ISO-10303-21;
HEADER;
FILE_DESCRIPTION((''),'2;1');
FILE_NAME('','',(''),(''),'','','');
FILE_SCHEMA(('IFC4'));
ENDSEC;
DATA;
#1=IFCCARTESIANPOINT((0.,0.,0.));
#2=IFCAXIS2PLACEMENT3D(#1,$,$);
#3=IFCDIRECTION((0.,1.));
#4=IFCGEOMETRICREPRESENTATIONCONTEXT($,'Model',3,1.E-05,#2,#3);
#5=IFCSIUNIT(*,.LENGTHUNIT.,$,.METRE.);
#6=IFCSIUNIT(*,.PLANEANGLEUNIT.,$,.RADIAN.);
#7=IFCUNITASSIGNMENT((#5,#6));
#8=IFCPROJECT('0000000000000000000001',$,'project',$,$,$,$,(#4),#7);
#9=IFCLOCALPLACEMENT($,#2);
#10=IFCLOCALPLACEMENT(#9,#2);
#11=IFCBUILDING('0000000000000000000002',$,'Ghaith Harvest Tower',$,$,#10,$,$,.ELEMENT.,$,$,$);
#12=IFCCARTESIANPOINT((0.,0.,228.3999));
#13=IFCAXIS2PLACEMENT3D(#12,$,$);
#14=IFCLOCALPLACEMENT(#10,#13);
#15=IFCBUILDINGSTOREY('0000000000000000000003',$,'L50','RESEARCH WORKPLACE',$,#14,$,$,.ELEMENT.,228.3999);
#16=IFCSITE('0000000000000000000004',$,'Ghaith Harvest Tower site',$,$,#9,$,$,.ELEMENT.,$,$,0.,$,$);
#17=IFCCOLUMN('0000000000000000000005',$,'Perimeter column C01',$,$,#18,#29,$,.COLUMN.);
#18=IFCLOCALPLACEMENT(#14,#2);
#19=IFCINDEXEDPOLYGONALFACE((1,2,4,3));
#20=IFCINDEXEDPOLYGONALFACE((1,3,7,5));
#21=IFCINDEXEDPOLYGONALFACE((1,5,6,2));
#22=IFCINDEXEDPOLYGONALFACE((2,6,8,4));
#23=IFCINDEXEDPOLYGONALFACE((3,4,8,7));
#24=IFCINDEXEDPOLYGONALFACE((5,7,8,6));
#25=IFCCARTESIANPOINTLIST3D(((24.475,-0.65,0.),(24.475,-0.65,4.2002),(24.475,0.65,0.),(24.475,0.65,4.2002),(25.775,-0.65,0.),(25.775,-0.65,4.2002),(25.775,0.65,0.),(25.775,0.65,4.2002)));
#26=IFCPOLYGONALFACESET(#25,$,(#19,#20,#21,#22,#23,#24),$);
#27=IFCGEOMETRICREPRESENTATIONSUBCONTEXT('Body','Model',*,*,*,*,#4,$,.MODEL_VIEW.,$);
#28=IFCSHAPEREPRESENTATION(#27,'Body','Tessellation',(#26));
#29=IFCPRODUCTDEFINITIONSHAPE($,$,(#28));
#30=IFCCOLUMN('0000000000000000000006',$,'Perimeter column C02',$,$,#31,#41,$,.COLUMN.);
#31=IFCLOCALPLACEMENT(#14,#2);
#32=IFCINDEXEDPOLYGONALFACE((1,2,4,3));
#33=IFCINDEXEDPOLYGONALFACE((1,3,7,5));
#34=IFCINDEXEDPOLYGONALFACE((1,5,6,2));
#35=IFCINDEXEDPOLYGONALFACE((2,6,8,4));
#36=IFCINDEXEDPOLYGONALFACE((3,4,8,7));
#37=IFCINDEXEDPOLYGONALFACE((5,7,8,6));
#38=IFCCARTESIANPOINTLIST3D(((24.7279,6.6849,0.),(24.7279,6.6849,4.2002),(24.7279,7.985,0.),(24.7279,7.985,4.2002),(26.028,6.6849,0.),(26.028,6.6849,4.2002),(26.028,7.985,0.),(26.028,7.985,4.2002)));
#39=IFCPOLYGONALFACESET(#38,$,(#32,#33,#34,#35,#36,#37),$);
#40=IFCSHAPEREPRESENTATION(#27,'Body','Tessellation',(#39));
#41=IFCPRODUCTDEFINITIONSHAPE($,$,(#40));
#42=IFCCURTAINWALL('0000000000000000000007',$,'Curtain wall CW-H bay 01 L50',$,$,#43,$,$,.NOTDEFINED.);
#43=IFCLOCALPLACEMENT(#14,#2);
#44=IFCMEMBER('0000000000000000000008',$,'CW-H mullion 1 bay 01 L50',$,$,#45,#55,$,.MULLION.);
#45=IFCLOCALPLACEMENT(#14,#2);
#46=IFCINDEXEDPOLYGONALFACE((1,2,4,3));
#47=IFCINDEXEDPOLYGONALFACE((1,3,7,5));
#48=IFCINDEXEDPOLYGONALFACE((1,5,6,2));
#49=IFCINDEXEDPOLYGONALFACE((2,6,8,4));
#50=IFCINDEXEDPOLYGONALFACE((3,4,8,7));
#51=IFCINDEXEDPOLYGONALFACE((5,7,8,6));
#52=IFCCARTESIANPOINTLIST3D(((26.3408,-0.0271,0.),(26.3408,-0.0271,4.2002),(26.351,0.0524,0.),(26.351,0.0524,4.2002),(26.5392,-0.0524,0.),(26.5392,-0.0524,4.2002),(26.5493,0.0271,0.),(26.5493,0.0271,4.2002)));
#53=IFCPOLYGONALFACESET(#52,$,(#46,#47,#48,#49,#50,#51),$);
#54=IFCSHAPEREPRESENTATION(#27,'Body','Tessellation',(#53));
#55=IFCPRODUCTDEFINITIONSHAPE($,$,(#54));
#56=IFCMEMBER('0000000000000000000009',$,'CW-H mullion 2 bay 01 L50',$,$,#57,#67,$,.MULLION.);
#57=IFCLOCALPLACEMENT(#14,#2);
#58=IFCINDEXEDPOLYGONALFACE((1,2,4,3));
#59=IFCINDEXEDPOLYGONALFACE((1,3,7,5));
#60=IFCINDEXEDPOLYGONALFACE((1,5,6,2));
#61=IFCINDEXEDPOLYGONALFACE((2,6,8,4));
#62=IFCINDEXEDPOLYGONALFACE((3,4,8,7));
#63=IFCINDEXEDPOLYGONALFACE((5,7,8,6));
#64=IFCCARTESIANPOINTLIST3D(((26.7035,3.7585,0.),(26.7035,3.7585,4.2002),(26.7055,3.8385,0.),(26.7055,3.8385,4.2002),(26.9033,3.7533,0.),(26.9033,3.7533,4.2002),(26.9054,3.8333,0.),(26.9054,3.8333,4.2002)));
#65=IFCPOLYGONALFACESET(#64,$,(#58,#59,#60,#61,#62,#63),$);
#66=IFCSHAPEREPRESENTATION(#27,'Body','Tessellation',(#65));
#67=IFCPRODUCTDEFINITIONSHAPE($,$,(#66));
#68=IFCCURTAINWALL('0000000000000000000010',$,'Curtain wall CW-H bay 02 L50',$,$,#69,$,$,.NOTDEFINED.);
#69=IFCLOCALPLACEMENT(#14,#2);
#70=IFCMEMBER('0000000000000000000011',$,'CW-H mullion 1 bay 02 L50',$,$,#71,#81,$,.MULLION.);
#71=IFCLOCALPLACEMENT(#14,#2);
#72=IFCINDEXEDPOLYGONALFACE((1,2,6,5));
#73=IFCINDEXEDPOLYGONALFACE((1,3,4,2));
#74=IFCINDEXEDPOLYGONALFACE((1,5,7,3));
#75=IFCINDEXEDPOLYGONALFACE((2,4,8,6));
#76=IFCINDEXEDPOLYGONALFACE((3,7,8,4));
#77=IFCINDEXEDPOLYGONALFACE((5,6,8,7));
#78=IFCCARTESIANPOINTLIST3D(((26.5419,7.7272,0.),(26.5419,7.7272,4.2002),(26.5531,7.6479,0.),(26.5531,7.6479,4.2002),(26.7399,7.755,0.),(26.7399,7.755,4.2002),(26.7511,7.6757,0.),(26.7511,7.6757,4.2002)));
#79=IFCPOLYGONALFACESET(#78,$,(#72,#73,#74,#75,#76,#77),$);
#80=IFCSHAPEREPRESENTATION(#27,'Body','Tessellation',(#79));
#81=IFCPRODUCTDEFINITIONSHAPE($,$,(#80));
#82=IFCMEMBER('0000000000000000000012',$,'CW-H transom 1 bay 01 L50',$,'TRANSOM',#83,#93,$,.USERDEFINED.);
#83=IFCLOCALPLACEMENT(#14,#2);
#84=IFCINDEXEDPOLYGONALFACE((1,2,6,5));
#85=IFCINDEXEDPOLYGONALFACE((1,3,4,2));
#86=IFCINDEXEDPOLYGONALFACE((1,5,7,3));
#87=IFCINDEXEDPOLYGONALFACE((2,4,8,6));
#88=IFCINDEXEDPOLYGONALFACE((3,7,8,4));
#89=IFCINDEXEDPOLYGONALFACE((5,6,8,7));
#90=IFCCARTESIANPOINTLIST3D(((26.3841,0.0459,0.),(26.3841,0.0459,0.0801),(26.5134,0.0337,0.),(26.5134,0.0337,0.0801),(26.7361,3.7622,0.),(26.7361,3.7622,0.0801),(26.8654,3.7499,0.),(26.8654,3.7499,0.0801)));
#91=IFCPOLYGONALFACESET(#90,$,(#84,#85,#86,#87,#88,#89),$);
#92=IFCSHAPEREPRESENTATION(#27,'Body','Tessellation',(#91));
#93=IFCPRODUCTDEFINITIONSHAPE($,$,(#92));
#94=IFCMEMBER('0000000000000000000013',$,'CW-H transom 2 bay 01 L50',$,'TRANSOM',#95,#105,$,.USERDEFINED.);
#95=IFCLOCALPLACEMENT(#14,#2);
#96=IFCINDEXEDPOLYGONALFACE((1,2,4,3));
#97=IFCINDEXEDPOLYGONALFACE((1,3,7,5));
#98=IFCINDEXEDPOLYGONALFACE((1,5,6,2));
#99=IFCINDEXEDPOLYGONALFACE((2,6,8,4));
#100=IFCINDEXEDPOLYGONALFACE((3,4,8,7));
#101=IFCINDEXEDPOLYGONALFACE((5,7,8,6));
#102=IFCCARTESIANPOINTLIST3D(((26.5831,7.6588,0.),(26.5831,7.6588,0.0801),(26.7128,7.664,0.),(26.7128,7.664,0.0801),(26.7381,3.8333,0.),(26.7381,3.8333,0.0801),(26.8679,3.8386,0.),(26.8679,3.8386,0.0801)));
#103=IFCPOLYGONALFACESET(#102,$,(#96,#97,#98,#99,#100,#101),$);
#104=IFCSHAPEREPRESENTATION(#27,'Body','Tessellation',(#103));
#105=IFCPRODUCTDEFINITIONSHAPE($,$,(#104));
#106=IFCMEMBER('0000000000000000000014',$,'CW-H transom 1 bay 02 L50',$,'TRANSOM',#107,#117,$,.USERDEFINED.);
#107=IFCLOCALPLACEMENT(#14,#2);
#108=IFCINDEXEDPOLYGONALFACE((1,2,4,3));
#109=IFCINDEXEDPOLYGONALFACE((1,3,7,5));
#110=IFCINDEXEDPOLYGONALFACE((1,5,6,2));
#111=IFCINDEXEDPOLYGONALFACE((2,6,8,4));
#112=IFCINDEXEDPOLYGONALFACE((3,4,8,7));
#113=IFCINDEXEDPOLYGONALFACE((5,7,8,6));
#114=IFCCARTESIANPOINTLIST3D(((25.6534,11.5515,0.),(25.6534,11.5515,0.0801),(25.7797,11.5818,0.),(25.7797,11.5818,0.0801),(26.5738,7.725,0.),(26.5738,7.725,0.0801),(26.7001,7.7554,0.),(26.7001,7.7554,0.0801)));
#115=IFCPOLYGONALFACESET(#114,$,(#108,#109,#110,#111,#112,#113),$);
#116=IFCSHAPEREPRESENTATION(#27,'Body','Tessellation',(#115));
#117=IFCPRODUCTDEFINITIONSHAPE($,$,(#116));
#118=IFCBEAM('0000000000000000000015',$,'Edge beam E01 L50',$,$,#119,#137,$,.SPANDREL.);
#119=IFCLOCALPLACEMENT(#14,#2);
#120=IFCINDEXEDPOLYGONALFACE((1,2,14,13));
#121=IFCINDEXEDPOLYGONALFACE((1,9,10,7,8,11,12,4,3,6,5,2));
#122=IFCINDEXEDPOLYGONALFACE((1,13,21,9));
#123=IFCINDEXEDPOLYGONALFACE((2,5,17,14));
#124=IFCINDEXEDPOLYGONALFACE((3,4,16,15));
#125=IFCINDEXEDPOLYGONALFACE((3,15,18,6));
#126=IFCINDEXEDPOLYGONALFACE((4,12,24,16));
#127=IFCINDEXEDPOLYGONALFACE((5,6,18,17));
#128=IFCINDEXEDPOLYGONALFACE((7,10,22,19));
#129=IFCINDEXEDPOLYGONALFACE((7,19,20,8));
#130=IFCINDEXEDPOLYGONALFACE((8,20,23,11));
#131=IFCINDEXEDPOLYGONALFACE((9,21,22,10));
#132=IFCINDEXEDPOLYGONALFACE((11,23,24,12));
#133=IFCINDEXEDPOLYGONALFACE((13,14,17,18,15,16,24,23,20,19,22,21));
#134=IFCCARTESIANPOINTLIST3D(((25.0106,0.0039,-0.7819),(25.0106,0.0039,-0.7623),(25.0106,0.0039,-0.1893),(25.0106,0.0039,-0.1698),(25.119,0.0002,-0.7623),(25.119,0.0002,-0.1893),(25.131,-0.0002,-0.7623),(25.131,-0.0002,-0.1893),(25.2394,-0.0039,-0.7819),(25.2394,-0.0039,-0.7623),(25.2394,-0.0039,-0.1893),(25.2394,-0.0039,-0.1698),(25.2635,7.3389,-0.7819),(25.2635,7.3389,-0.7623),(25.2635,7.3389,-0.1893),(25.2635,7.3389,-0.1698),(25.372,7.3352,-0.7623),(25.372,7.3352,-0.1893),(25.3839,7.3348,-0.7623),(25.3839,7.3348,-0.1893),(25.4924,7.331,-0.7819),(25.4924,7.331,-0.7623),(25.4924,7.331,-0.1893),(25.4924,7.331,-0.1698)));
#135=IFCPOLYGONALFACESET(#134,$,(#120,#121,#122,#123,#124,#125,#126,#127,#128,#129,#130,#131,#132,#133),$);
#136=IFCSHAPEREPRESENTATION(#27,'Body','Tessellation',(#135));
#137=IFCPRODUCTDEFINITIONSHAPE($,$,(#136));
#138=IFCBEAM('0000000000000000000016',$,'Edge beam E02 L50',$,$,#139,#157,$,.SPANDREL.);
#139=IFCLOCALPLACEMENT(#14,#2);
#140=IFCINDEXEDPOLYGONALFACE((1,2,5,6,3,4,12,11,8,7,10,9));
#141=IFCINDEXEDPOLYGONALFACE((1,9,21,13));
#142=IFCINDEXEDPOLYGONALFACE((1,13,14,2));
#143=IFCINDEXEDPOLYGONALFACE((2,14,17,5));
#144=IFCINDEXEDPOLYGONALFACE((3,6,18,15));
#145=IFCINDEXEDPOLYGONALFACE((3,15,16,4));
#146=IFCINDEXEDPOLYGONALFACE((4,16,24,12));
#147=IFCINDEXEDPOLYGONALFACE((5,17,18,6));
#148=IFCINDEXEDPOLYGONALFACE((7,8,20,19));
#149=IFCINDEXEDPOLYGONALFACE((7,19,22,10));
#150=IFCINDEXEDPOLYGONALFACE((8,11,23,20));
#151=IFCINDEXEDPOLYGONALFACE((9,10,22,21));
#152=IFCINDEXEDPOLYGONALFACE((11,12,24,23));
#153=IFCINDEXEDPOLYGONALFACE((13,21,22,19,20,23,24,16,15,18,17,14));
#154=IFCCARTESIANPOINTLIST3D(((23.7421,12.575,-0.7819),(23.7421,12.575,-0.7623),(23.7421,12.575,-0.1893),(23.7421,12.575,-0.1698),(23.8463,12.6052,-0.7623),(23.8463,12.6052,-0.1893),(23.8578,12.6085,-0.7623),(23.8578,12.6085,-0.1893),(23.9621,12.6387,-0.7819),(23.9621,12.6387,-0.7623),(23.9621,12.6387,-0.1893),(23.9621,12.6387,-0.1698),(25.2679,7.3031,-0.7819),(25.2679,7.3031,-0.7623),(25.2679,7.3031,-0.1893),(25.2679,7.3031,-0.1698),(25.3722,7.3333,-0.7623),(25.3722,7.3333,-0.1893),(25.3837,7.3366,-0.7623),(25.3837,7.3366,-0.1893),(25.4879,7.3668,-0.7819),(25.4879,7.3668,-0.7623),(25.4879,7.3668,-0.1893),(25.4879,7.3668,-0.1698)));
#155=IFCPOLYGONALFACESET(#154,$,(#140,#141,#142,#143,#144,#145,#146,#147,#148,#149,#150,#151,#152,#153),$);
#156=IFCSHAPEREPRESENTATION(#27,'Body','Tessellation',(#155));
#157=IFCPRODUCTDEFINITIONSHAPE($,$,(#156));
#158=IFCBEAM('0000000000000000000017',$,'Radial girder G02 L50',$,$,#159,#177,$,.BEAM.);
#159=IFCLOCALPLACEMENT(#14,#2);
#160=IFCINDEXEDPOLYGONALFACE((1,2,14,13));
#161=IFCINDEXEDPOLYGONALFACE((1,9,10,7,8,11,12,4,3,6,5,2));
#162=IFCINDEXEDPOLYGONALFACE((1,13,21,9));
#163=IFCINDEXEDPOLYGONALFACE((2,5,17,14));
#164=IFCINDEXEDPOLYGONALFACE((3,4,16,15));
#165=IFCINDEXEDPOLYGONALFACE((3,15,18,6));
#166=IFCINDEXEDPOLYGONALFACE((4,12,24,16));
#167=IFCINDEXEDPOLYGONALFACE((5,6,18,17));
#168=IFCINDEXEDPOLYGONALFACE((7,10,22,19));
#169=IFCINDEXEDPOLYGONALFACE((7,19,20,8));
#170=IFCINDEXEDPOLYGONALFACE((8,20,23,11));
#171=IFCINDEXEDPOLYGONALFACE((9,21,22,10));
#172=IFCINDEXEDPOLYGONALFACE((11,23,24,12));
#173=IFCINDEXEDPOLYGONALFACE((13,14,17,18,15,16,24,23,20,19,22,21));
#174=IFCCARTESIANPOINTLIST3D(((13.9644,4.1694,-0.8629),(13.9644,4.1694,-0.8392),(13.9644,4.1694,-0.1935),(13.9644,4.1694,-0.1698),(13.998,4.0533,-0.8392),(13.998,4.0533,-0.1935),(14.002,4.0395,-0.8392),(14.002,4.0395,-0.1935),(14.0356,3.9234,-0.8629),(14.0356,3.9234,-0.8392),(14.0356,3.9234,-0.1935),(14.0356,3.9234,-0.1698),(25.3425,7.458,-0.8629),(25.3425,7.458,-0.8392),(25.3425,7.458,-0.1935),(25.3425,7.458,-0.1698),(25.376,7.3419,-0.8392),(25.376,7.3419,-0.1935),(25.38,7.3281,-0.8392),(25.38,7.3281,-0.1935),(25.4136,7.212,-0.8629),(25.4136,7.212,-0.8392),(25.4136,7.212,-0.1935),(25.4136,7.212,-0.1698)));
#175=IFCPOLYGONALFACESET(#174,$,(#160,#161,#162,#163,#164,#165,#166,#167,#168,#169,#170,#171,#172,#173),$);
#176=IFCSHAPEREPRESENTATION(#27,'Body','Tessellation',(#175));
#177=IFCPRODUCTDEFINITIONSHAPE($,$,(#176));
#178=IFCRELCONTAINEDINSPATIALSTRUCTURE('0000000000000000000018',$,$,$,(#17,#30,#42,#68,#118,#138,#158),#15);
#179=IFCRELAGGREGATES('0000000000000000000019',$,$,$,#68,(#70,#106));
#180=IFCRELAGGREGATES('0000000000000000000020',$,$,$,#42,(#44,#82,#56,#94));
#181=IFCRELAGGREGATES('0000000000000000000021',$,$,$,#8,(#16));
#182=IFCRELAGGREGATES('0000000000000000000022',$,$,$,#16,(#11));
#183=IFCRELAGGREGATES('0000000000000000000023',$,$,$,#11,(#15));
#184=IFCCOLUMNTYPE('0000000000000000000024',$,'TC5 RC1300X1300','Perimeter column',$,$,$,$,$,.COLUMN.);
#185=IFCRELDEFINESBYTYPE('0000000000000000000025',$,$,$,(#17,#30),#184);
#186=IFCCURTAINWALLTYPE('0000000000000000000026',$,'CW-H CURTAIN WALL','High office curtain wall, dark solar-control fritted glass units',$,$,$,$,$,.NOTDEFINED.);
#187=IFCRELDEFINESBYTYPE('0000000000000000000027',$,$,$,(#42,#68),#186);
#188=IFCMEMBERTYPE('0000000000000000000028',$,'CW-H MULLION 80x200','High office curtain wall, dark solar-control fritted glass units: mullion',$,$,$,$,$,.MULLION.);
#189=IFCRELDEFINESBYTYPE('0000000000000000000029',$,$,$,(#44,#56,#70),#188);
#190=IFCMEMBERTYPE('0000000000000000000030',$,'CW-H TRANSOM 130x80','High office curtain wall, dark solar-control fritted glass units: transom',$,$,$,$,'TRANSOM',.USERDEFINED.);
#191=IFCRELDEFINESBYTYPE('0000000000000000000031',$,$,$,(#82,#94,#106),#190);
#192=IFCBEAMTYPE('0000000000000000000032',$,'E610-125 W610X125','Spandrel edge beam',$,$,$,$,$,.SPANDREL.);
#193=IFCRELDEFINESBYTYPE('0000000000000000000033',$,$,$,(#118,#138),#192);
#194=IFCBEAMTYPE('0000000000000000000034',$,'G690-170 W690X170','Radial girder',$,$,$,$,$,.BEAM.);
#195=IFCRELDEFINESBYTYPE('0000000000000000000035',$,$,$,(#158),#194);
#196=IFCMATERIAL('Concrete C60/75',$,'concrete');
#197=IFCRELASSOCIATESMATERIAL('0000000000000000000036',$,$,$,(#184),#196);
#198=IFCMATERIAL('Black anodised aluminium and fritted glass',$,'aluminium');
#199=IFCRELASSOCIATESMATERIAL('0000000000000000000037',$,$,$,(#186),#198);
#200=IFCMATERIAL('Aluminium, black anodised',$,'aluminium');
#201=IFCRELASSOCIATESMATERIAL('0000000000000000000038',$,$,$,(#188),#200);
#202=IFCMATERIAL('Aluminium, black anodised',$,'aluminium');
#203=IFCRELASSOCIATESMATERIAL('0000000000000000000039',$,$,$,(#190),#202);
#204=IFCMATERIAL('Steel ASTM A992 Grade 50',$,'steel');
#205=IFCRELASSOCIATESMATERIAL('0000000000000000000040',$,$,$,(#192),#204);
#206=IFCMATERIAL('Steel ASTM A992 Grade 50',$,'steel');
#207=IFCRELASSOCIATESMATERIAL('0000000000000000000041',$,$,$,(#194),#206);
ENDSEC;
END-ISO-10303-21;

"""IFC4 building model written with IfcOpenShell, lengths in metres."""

from ifc_helpers import new_model, si_unit, direction, frame, origin, origin_2d, place, context, subcontext, project, spatial, rectangle, i_section, extrude, material, material_profile, profile_set, type_object, element, aggregate, save


model = new_model("IFC4")

# Units and contexts
model_context = context("Model", 3, precision=1e-05, world=origin(), true_north=direction((0.0, 1.0)))
body_context = subcontext(model_context, "Body", "Model", "MODEL_VIEW")
ifc_project = project(units=[si_unit("LENGTHUNIT", "METRE"), si_unit("PLANEANGLEUNIT", "RADIAN")], contexts=[model_context])

# Site, building, storey
site_placement = place(None, origin())
site = spatial("IfcSite", under=ifc_project, at=site_placement, Name="Ghaith Harvest Tower site", CompositionType="ELEMENT", RefElevation=0.0)
building_placement = place(site_placement, origin())
building = spatial("IfcBuilding", under=site, at=building_placement, Name="Ghaith Harvest Tower", CompositionType="ELEMENT")
storey_placement = place(building_placement, frame((0.0, 0.0, 228.3999)))
storey = spatial("IfcBuildingStorey", under=building, at=storey_placement, Name="L50", Description="RESEARCH WORKPLACE", CompositionType="ELEMENT", Elevation=228.3999)

# Columns
ifc_material_1 = material(Name="Concrete C60/75", Category="concrete")
ifc_material_profile_1 = material_profile(ifc_material_1, rectangle(XDim=1.3, YDim=1.3, at=origin_2d()), Name="RC1300X1300")
ifc_profile_set_1 = profile_set([ifc_material_profile_1], Name="Concrete C60/75")
column_type = type_object("IfcColumnType", Name="TC5 RC1300X1300", Description="Perimeter column", PredefinedType="COLUMN", material=ifc_profile_set_1)
for number, where, z_axis, x_axis, name in (
    (1, (25.125, 0.0, 0.0), (0.0, 0.0, 1.0), (1.0, 0.0, 0.0), "Perimeter column C01"),
    (2, (25.3779, 7.335, 0.0), (0.0, 0.0, 1.0), (1.0, 0.0, 0.0), "Perimeter column C02"),
):
    element("IfcColumn", number, at=place(storey_placement, frame(where, z_axis=z_axis, x_axis=x_axis)), inside=storey, type_object=column_type, Name=name, PredefinedType="COLUMN", context=body_context, shape_type="SweptSolid", body=[
        extrude(rectangle(XDim=1.3, YDim=1.3, at=origin_2d()), origin(), (0.0, 0.0, 1.0), 4.2002),
    ])

# Curtain wall, members
ifc_material_2 = material(Name="Black anodised aluminium and fritted glass", Category="aluminium")
curtain_wall_type = type_object("IfcCurtainWallType", Name="CW-H CURTAIN WALL", Description="High office curtain wall, dark solar-control fritted glass units", PredefinedType="NOTDEFINED", material=ifc_material_2)
curtain_wall_1_placement = place(storey_placement, origin())
curtain_wall_1 = element("IfcCurtainWall", 3, at=curtain_wall_1_placement, inside=storey, type_object=curtain_wall_type, Name="Curtain wall CW-H bay 01 L50", PredefinedType="NOTDEFINED")
ifc_material_3 = material(Name="Aluminium, black anodised", Category="aluminium")
ifc_material_profile_2 = material_profile(ifc_material_3, rectangle(XDim=0.0801, YDim=0.2, at=origin_2d()), Name="CW-H MULLION 80x200")
ifc_profile_set_2 = profile_set([ifc_material_profile_2], Name="Aluminium, black anodised")
member_type_1 = type_object("IfcMemberType", Name="CW-H MULLION 80x200", Description="High office curtain wall, dark solar-control fritted glass units: mullion", PredefinedType="MULLION", material=ifc_profile_set_2)
member_1_placement = place(storey_placement, frame((26.4451, 0.0, 0.0), z_axis=(0.0, 0.0, 1.0), x_axis=(0.126568, 0.991958, 0.0)))
member_1 = element("IfcMember", 4, at=member_1_placement, type_object=member_type_1, Name="CW-H mullion 1 bay 01 L50", PredefinedType="MULLION", context=body_context, shape_type="SweptSolid", body=[
    extrude(rectangle(XDim=0.0801, YDim=0.2, at=origin_2d()), origin(), (0.0, 0.0, 1.0), 4.2002),
])
member_2_placement = place(storey_placement, frame((26.8044, 3.7959, 0.0), z_axis=(0.0, 0.0, 1.0), x_axis=(0.026143, 0.999658, 0.0)))
member_2 = element("IfcMember", 5, at=member_2_placement, type_object=member_type_1, Name="CW-H mullion 2 bay 01 L50", PredefinedType="MULLION", context=body_context, shape_type="SweptSolid", body=[
    extrude(rectangle(XDim=0.0801, YDim=0.2, at=origin_2d()), origin(), (0.0, 0.0, 1.0), 4.2002),
])

# Curtain wall, member
curtain_wall_2_placement = place(storey_placement, origin())
curtain_wall_2 = element("IfcCurtainWall", 6, at=curtain_wall_2_placement, inside=storey, type_object=curtain_wall_type, Name="Curtain wall CW-H bay 02 L50", PredefinedType="NOTDEFINED")
member_3_placement = place(storey_placement, frame((26.6465, 7.7014, 0.0), z_axis=(0.0, 0.0, 1.0), x_axis=(-0.139146, 0.990272, 0.0)))
member_3 = element("IfcMember", 7, at=member_3_placement, type_object=member_type_1, Name="CW-H mullion 1 bay 02 L50", PredefinedType="MULLION", context=body_context, shape_type="SweptSolid", body=[
    extrude(rectangle(XDim=0.0801, YDim=0.2, at=origin_2d()), origin(), (0.0, 0.0, 1.0), 4.2002),
])

# Members
ifc_material_4 = material(Name="Aluminium, black anodised", Category="aluminium")
ifc_material_profile_3 = material_profile(ifc_material_4, rectangle(XDim=0.1299, YDim=0.0801, at=origin_2d()), Name="CW-H TRANSOM 130x80")
ifc_profile_set_3 = profile_set([ifc_material_profile_3], Name="Aluminium, black anodised")
member_type_2 = type_object("IfcMemberType", Name="CW-H TRANSOM 130x80", Description="High office curtain wall, dark solar-control fritted glass units: transom", ElementType="TRANSOM", PredefinedType="USERDEFINED", material=ifc_profile_set_3)
member_4_placement = place(storey_placement, frame((26.4487, 0.0398, 0.04), z_axis=(0.094309, 0.995543, 0.0), x_axis=(-0.995543, 0.094309, 0.0)))
member_4 = element("IfcMember", 8, at=member_4_placement, type_object=member_type_2, Name="CW-H transom 1 bay 01 L50", ObjectType="TRANSOM", PredefinedType="USERDEFINED", context=body_context, shape_type="SweptSolid", body=[
    extrude(rectangle(XDim=0.1299, YDim=0.0801, at=origin_2d()), origin(), (0.0, 0.0, 1.0), 3.7329),
])
member_5_placement = place(storey_placement, frame((26.803, 3.8359, 0.04), z_axis=(-0.040493, 0.99918, 0.0), x_axis=(-0.99918, -0.040493, 0.0)))
member_5 = element("IfcMember", 9, at=member_5_placement, type_object=member_type_2, Name="CW-H transom 2 bay 01 L50", ObjectType="TRANSOM", PredefinedType="USERDEFINED", context=body_context, shape_type="SweptSolid", body=[
    extrude(rectangle(XDim=0.1299, YDim=0.0801, at=origin_2d()), origin(), (0.0, 0.0, 1.0), 3.8286),
])
member_6_placement = place(storey_placement, frame((26.637, 7.7402, 0.04), z_axis=(-0.23387, 0.972268, 0.0), x_axis=(-0.972268, -0.23387, 0.0)))
member_6 = element("IfcMember", 10, at=member_6_placement, type_object=member_type_2, Name="CW-H transom 1 bay 02 L50", ObjectType="TRANSOM", PredefinedType="USERDEFINED", context=body_context, shape_type="SweptSolid", body=[
    extrude(rectangle(XDim=0.1299, YDim=0.0801, at=origin_2d()), origin(), (0.0, 0.0, 1.0), 3.9355),
])
aggregate(curtain_wall_2, [member_3, member_6])

# Beams
ifc_material_5 = material(Name="Steel ASTM A992 Grade 50", Category="steel")
ifc_material_profile_4 = material_profile(ifc_material_5, i_section(OverallWidth=0.229, OverallDepth=0.6121, WebThickness=0.012, FlangeThickness=0.0195, at=origin_2d()), Name="W610X125")
ifc_profile_set_4 = profile_set([ifc_material_profile_4], Name="Steel ASTM A992 Grade 50")
beam_type_1 = type_object("IfcBeamType", Name="E610-125 W610X125", Description="Spandrel edge beam", PredefinedType="SPANDREL", material=ifc_profile_set_4)
beam_1_placement = place(storey_placement, frame((25.125, 0.0, -0.4758), z_axis=(0.034462, 0.999406, 0.0), x_axis=(-0.999406, 0.034462, 0.0)))
element("IfcBeam", 11, at=beam_1_placement, inside=storey, type_object=beam_type_1, Name="Edge beam E01 L50", PredefinedType="SPANDREL", context=body_context, shape_type="SweptSolid", body=[
    extrude(i_section(OverallWidth=0.229, OverallDepth=0.6121, WebThickness=0.012, FlangeThickness=0.0195, at=origin_2d()), origin(), (0.0, 0.0, 1.0), 7.3394),
])
beam_2_placement = place(storey_placement, frame((25.3779, 7.335, -0.4758), z_axis=(-0.278021, 0.960575, 0.0), x_axis=(-0.960575, -0.278021, 0.0)))
element("IfcBeam", 12, at=beam_2_placement, inside=storey, type_object=beam_type_1, Name="Edge beam E02 L50", PredefinedType="SPANDREL", context=body_context, shape_type="SweptSolid", body=[
    extrude(i_section(OverallWidth=0.229, OverallDepth=0.6121, WebThickness=0.012, FlangeThickness=0.0195, at=origin_2d()), origin(), (0.0, 0.0, 1.0), 5.4883),
])
ifc_material_6 = material(Name="Steel ASTM A992 Grade 50", Category="steel")
ifc_material_profile_5 = material_profile(ifc_material_6, i_section(OverallWidth=0.2561, OverallDepth=0.6931, WebThickness=0.0144, FlangeThickness=0.0237, at=origin_2d()), Name="W690X170")
ifc_profile_set_5 = profile_set([ifc_material_profile_5], Name="Steel ASTM A992 Grade 50")
beam_type_2 = type_object("IfcBeamType", Name="G690-170 W690X170", Description="Radial girder", PredefinedType="BEAM", material=ifc_profile_set_5)
beam_3_placement = place(storey_placement, frame((14.0, 4.0464, -0.5164), z_axis=(0.960678, 0.277666, 0.0), x_axis=(-0.277666, 0.960678, 0.0)))
element("IfcBeam", 13, at=beam_3_placement, inside=storey, type_object=beam_type_2, Name="Radial girder G02 L50", PredefinedType="BEAM", context=body_context, shape_type="SweptSolid", body=[
    extrude(i_section(OverallWidth=0.2561, OverallDepth=0.6931, WebThickness=0.0144, FlangeThickness=0.0237, at=origin_2d()), origin(), (0.0, 0.0, 1.0), 11.8438),
])

aggregate(curtain_wall_1, [member_1, member_4, member_2, member_5])

save(model, "model.ifc")
